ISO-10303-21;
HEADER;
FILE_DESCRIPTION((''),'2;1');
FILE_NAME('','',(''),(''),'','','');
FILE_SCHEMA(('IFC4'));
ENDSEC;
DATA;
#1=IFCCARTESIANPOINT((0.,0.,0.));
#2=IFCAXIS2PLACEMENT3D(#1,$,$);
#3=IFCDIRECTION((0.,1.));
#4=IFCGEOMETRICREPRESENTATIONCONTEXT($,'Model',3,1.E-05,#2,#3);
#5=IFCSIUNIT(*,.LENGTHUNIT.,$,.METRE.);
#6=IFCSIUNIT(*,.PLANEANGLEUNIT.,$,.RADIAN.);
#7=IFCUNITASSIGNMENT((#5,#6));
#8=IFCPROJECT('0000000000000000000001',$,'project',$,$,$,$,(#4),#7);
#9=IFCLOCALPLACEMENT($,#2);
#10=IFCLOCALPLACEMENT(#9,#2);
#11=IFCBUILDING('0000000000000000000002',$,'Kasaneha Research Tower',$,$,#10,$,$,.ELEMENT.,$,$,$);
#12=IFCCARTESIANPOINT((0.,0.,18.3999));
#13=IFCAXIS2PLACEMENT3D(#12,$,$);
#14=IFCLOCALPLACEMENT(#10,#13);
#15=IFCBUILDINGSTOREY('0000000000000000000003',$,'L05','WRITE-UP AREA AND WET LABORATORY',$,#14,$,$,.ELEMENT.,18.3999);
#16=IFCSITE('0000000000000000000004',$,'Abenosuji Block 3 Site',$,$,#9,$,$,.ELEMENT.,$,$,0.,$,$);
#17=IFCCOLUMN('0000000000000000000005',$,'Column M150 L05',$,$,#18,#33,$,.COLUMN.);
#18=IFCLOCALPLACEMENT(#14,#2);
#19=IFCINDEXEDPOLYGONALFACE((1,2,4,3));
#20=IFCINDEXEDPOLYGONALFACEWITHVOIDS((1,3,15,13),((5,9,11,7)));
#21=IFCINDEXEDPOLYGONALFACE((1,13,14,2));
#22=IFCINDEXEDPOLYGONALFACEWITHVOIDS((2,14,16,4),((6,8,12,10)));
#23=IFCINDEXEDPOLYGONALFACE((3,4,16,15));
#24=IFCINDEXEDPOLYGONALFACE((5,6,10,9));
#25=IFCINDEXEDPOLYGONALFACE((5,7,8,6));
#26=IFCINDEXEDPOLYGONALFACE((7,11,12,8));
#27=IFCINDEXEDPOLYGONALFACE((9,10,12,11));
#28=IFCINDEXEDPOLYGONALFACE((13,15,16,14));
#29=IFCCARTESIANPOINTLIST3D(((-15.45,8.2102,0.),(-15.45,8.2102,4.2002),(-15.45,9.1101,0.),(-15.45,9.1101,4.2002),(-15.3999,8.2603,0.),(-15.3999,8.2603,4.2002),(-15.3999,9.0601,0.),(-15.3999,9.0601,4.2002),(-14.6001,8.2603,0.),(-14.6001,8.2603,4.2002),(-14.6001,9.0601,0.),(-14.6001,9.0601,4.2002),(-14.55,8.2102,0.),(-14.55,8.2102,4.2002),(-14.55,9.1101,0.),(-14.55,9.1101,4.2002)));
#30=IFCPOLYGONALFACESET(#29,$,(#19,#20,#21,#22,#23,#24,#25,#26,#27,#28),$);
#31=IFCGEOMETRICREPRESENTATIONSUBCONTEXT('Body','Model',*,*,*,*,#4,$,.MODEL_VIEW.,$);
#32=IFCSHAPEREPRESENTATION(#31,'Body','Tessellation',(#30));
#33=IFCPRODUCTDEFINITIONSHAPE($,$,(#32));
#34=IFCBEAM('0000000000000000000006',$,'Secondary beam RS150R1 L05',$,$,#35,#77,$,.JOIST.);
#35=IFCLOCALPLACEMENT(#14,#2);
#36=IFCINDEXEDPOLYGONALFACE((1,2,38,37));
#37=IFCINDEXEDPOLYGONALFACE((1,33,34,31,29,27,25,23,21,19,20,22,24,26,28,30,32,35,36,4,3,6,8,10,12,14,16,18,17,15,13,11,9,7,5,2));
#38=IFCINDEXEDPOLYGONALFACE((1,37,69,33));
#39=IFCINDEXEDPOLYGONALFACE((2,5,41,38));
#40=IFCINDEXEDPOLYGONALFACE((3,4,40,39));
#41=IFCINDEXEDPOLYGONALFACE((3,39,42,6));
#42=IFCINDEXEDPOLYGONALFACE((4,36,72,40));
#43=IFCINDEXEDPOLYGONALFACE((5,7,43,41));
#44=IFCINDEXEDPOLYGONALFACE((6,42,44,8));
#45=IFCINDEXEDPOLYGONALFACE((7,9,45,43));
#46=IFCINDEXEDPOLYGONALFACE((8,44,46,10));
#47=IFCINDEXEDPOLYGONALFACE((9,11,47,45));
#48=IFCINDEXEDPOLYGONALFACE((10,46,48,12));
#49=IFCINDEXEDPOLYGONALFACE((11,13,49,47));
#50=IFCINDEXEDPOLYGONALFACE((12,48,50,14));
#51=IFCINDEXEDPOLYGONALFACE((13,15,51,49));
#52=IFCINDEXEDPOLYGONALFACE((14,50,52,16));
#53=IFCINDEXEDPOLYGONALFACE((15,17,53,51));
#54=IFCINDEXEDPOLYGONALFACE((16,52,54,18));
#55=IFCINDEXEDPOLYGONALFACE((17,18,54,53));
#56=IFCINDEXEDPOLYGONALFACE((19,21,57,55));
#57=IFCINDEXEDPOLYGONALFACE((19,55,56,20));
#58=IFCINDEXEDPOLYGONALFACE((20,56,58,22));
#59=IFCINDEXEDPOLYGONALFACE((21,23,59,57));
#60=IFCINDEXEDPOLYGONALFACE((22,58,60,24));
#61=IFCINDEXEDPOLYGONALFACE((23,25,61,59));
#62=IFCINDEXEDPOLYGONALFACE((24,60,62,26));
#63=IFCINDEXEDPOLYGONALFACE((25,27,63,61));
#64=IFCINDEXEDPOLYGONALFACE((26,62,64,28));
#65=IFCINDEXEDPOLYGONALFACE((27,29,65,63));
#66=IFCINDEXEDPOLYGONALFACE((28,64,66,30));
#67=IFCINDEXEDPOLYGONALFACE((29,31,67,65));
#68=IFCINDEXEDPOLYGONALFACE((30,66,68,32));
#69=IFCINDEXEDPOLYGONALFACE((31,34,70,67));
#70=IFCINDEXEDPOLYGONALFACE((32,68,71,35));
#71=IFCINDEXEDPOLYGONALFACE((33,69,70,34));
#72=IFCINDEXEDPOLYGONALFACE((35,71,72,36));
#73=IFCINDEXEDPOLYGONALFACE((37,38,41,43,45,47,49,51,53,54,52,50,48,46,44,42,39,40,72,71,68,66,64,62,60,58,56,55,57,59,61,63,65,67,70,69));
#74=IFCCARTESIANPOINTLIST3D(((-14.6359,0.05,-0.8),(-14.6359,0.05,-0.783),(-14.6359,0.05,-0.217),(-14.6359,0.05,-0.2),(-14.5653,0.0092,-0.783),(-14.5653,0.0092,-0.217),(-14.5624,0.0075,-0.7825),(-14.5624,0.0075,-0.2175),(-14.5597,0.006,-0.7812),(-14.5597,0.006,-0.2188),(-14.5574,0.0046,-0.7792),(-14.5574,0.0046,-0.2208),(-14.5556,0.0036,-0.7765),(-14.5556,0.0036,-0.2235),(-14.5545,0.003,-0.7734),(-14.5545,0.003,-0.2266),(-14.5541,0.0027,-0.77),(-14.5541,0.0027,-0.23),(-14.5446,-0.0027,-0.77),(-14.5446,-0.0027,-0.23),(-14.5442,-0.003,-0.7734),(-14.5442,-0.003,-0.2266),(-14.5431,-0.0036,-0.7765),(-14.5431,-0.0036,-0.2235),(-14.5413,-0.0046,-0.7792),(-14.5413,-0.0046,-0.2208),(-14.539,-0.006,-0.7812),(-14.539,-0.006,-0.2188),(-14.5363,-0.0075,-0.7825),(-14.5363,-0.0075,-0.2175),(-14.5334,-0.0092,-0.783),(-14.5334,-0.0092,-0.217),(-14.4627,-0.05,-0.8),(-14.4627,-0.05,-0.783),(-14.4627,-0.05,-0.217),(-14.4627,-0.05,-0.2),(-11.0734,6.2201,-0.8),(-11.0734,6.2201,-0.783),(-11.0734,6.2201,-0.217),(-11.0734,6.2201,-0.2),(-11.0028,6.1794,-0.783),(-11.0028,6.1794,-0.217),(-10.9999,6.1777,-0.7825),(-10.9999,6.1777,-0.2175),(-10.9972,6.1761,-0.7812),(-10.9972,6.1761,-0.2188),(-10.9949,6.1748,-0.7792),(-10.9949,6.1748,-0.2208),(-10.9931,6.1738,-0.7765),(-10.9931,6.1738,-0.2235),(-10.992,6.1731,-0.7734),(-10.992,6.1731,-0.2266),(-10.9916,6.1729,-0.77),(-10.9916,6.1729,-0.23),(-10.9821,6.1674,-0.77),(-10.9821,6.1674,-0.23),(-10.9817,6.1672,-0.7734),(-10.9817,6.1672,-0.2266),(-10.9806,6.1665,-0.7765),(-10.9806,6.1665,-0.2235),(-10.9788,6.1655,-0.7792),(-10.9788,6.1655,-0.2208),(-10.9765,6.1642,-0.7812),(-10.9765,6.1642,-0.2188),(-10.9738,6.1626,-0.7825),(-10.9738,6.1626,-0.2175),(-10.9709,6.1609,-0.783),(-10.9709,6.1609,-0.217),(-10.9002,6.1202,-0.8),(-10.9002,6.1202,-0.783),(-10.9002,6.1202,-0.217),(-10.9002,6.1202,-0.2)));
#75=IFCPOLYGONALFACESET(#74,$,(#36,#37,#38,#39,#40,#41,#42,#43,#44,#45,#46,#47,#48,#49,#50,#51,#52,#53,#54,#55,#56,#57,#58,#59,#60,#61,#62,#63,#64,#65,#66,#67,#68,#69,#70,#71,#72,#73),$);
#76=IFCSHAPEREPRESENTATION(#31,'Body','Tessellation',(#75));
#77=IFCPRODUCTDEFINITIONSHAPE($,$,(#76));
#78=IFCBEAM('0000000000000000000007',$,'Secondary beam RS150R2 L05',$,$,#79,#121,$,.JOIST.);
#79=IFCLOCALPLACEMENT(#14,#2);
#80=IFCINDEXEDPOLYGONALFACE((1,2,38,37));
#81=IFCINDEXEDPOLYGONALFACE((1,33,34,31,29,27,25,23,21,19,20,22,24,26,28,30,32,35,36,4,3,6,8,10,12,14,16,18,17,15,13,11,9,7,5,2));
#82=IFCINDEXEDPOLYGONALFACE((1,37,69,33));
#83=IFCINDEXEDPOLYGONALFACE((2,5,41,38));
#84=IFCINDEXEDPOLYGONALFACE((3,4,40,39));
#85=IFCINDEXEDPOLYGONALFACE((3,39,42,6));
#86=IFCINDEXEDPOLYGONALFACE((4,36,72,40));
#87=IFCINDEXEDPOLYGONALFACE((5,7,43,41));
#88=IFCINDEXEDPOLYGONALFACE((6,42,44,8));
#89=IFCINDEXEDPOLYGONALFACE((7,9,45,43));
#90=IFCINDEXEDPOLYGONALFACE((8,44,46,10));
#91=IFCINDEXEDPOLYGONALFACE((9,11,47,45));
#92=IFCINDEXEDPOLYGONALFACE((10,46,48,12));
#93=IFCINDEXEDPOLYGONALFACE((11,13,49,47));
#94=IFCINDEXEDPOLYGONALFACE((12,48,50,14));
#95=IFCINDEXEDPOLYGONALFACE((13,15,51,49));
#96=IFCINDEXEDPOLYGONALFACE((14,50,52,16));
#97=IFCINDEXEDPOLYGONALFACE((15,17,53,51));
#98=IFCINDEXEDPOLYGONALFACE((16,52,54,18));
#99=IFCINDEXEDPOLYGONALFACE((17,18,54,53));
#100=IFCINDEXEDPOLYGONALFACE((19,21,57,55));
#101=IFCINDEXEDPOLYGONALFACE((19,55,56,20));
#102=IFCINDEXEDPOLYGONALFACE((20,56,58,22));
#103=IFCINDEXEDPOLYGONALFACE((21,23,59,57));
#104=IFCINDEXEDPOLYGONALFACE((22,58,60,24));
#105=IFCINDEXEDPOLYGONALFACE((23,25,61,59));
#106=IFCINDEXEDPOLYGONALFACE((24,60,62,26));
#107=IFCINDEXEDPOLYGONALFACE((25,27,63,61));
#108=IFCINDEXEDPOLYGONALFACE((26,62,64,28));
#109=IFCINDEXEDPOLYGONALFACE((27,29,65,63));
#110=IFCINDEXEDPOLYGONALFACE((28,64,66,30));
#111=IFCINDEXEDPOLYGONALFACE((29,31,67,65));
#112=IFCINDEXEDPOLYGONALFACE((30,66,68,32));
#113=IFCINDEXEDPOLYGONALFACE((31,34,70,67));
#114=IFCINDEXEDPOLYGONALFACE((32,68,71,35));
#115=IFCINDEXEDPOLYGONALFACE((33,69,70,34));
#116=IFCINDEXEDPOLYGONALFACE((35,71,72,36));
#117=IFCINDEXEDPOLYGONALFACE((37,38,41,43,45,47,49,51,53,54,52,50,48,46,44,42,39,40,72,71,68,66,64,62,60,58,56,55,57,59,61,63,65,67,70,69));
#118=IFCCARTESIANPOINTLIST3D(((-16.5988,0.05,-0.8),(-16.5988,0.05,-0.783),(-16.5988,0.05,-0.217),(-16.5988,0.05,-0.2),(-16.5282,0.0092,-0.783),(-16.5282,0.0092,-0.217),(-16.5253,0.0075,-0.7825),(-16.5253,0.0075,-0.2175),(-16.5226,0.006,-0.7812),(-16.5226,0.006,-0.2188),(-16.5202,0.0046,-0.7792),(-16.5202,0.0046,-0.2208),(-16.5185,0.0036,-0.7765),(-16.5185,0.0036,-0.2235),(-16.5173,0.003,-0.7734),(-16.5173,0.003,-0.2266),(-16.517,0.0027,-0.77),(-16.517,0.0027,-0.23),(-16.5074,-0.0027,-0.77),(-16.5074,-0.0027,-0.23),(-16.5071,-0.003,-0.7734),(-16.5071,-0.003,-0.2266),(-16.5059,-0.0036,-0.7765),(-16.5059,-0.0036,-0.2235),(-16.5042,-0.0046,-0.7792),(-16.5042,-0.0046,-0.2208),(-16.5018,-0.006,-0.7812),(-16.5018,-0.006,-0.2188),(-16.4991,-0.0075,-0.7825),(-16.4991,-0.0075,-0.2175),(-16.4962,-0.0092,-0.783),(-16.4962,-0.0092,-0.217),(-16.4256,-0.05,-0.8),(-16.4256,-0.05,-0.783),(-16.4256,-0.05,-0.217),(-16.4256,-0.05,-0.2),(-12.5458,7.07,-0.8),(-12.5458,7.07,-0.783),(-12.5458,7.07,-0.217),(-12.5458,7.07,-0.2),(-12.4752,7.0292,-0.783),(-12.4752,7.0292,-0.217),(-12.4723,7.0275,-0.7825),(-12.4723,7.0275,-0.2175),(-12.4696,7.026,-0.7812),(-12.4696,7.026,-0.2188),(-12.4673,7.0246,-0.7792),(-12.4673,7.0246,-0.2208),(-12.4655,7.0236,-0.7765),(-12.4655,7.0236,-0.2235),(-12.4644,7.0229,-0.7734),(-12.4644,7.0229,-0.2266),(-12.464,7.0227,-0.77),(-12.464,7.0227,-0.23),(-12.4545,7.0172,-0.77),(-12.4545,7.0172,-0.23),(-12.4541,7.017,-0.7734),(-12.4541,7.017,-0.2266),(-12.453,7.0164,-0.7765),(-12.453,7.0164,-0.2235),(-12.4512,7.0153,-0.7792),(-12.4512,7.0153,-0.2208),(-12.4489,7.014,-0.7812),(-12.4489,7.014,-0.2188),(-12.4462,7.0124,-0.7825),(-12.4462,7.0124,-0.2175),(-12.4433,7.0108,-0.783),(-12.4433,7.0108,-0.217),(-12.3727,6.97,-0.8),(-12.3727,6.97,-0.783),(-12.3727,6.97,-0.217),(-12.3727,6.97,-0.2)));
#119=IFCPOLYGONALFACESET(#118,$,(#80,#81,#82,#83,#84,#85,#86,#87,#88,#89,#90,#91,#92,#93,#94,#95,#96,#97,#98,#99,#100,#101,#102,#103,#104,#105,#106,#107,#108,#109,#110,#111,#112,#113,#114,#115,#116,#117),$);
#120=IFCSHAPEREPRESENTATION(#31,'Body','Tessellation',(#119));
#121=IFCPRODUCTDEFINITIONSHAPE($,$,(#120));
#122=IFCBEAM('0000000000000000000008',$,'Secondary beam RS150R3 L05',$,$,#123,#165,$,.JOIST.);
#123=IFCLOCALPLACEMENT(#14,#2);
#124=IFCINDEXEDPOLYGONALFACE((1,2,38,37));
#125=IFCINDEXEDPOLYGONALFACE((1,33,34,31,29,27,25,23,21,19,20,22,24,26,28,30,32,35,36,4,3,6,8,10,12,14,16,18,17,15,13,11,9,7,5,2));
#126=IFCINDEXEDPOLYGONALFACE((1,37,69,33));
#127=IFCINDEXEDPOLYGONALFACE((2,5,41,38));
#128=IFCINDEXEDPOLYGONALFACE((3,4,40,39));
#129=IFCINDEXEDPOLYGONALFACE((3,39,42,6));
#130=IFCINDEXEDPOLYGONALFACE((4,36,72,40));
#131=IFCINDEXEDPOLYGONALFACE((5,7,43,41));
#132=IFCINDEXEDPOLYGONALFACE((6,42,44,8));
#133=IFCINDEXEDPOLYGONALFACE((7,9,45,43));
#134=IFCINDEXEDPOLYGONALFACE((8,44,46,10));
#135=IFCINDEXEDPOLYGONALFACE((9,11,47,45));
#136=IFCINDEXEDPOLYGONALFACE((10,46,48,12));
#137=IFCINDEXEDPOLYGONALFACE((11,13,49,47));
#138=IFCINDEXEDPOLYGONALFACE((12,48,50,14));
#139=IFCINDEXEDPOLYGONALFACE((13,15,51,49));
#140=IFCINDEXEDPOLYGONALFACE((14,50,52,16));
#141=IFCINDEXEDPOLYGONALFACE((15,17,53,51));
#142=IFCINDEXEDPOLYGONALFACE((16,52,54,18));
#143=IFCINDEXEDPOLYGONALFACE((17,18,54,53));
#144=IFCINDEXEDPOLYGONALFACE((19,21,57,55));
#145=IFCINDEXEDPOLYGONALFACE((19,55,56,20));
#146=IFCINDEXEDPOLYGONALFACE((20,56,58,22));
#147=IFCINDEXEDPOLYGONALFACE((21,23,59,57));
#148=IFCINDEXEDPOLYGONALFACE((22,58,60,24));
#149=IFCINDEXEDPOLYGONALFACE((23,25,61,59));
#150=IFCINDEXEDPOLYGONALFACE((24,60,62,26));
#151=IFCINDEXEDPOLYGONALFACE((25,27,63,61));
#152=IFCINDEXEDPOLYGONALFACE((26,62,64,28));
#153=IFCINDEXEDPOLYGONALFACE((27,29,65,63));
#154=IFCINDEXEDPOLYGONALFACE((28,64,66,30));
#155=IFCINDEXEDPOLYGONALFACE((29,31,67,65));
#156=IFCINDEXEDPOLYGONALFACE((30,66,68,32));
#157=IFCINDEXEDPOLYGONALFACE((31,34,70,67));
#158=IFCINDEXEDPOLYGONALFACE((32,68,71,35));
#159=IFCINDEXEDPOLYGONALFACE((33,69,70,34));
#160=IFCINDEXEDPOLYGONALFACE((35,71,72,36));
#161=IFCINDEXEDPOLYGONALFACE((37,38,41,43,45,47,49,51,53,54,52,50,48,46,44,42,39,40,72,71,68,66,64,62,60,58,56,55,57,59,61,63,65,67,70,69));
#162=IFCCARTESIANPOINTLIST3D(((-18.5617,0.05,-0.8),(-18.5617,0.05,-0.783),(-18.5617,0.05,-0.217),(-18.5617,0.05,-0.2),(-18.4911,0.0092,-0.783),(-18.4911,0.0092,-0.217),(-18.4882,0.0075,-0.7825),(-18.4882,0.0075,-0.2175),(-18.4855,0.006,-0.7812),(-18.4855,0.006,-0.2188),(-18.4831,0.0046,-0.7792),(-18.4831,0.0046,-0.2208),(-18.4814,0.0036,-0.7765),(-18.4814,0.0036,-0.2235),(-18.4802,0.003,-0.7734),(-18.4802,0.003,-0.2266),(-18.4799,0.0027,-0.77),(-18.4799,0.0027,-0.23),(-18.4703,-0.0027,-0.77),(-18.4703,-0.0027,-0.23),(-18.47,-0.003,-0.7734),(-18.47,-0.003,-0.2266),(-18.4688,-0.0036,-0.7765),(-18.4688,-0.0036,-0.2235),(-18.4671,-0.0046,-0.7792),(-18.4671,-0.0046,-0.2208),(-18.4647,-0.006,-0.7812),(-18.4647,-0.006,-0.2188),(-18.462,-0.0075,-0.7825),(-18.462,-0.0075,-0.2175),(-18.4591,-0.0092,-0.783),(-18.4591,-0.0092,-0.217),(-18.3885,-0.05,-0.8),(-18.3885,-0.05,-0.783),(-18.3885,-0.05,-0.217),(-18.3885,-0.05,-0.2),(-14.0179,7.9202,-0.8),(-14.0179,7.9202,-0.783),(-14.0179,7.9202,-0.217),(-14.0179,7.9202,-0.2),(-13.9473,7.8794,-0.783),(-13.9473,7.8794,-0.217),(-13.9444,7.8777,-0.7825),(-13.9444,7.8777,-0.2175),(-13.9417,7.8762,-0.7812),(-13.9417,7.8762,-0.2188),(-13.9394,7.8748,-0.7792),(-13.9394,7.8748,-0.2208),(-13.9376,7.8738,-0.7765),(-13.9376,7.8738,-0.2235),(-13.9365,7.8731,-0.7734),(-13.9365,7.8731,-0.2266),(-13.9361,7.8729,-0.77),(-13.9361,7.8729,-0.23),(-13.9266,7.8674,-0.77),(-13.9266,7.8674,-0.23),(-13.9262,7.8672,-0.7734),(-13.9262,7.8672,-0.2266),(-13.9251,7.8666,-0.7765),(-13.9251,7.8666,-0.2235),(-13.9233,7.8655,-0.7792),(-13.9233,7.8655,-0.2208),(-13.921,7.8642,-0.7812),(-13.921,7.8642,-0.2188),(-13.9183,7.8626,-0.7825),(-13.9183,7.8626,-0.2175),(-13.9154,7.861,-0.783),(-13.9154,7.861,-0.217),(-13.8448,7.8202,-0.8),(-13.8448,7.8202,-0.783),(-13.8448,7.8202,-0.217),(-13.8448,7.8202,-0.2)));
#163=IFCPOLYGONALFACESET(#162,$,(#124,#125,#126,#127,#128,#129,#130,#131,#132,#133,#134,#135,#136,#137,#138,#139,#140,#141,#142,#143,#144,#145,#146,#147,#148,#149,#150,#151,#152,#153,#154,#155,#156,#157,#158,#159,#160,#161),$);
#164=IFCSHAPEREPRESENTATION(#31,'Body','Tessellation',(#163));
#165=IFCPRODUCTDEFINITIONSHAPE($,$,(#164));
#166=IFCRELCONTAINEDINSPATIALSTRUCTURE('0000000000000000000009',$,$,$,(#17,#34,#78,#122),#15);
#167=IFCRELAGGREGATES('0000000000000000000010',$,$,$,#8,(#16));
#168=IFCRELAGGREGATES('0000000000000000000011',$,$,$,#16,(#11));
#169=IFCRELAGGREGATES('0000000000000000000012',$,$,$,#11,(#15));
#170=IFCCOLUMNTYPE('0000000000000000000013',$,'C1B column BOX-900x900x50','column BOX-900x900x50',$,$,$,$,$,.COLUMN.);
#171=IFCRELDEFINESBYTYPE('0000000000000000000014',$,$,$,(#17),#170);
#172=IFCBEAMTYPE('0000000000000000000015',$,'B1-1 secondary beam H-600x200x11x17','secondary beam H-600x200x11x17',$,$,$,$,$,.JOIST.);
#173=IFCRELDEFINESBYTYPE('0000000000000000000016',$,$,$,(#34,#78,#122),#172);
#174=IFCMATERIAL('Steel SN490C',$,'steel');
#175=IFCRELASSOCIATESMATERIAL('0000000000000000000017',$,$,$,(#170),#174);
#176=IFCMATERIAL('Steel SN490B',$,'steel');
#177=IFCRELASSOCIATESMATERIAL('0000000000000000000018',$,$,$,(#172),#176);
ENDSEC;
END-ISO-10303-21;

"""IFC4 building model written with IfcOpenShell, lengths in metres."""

from ifc_helpers import new_model, si_unit, direction, frame, origin, origin_2d, place, context, subcontext, project, spatial, hollow_rectangle, i_section, extrude, material, material_profile, profile_set, type_object, element, save


model = new_model("IFC4")

# Units and contexts
model_context = context("Model", 3, precision=1e-05, world=origin(), true_north=direction((0.0, 1.0)))
body_context = subcontext(model_context, "Body", "Model", "MODEL_VIEW")
ifc_project = project(units=[si_unit("LENGTHUNIT", "METRE"), si_unit("PLANEANGLEUNIT", "RADIAN")], contexts=[model_context])

# Site, building, storey
site_placement = place(None, origin())
site = spatial("IfcSite", under=ifc_project, at=site_placement, Name="Abenosuji Block 3 Site", CompositionType="ELEMENT", RefElevation=0.0)
building_placement = place(site_placement, origin())
building = spatial("IfcBuilding", under=site, at=building_placement, Name="Kasaneha Research Tower", CompositionType="ELEMENT")
storey_placement = place(building_placement, frame((0.0, 0.0, 18.3999)))
storey = spatial("IfcBuildingStorey", under=building, at=storey_placement, Name="L05", Description="WRITE-UP AREA AND WET LABORATORY", CompositionType="ELEMENT", Elevation=18.3999)

# Column
ifc_material_1 = material(Name="Steel SN490C", Category="steel")
ifc_material_profile_1 = material_profile(ifc_material_1, hollow_rectangle(XDim=0.8999, YDim=0.8999, WallThickness=0.05, at=origin_2d()), Name="BOX-900x900x50")
ifc_profile_set_1 = profile_set([ifc_material_profile_1], Name="Steel SN490C")
column_type = type_object("IfcColumnType", Name="C1B column BOX-900x900x50", Description="column BOX-900x900x50", PredefinedType="COLUMN", material=ifc_profile_set_1)
column_placement = place(storey_placement, frame((-15.0, 8.6602, 0.0), z_axis=(0.0, 0.0, 1.0), x_axis=(1.0, 0.0, 0.0)))
element("IfcColumn", 1, at=column_placement, inside=storey, type_object=column_type, Name="Column M150 L05", PredefinedType="COLUMN", context=body_context, shape_type="SweptSolid", body=[
    extrude(hollow_rectangle(XDim=0.8999, YDim=0.8999, WallThickness=0.05, at=origin_2d()), origin(), (0.0, 0.0, 1.0), 4.2002),
])

# Beams
ifc_material_2 = material(Name="Steel SN490B", Category="steel")
ifc_material_profile_2 = material_profile(ifc_material_2, i_section(OverallWidth=0.2, OverallDepth=0.6001, WebThickness=0.011, FlangeThickness=0.0171, FilletRadius=0.0129, at=origin_2d()), Name="H-600x200x11x17")
ifc_profile_set_2 = profile_set([ifc_material_profile_2], Name="Steel SN490B")
beam_type_1 = type_object("IfcBeamType", Name="B1-1 secondary beam H-600x200x11x17", Description="secondary beam H-600x200x11x17", PredefinedType="JOIST", material=ifc_profile_set_2)
beam_1_placement = place(storey_placement, frame((-14.5493, 0.0, -0.5), z_axis=(0.500016, 0.866016, 0.0), x_axis=(-0.866016, 0.500016, 0.0)))
element("IfcBeam", 2, at=beam_1_placement, inside=storey, type_object=beam_type_1, Name="Secondary beam RS150R1 L05", PredefinedType="JOIST", context=body_context, shape_type="SweptSolid", body=[
    extrude(i_section(OverallWidth=0.2, OverallDepth=0.6001, WebThickness=0.011, FlangeThickness=0.0171, FilletRadius=0.0129, at=origin_2d()), origin(), (0.0, 0.0, 1.0), 7.1248),
])
beam_2_placement = place(storey_placement, frame((-16.5122, 0.0, -0.5), z_axis=(0.499997, 0.866027, 0.0), x_axis=(-0.866027, 0.499997, 0.0)))
element("IfcBeam", 3, at=beam_2_placement, inside=storey, type_object=beam_type_1, Name="Secondary beam RS150R2 L05", PredefinedType="JOIST", context=body_context, shape_type="SweptSolid", body=[
    extrude(i_section(OverallWidth=0.2, OverallDepth=0.6001, WebThickness=0.011, FlangeThickness=0.0171, FilletRadius=0.0129, at=origin_2d()), origin(), (0.0, 0.0, 1.0), 8.106),
])
beam_3_placement = place(storey_placement, frame((-18.4751, 0.0, -0.5), z_axis=(0.499991, 0.866031, 0.0), x_axis=(-0.866031, 0.499991, 0.0)))
element("IfcBeam", 4, at=beam_3_placement, inside=storey, type_object=beam_type_1, Name="Secondary beam RS150R3 L05", PredefinedType="JOIST", context=body_context, shape_type="SweptSolid", body=[
    extrude(i_section(OverallWidth=0.2, OverallDepth=0.6001, WebThickness=0.011, FlangeThickness=0.0171, FilletRadius=0.0129, at=origin_2d()), origin(), (0.0, 0.0, 1.0), 9.0876),
])

save(model, "model.ifc")
